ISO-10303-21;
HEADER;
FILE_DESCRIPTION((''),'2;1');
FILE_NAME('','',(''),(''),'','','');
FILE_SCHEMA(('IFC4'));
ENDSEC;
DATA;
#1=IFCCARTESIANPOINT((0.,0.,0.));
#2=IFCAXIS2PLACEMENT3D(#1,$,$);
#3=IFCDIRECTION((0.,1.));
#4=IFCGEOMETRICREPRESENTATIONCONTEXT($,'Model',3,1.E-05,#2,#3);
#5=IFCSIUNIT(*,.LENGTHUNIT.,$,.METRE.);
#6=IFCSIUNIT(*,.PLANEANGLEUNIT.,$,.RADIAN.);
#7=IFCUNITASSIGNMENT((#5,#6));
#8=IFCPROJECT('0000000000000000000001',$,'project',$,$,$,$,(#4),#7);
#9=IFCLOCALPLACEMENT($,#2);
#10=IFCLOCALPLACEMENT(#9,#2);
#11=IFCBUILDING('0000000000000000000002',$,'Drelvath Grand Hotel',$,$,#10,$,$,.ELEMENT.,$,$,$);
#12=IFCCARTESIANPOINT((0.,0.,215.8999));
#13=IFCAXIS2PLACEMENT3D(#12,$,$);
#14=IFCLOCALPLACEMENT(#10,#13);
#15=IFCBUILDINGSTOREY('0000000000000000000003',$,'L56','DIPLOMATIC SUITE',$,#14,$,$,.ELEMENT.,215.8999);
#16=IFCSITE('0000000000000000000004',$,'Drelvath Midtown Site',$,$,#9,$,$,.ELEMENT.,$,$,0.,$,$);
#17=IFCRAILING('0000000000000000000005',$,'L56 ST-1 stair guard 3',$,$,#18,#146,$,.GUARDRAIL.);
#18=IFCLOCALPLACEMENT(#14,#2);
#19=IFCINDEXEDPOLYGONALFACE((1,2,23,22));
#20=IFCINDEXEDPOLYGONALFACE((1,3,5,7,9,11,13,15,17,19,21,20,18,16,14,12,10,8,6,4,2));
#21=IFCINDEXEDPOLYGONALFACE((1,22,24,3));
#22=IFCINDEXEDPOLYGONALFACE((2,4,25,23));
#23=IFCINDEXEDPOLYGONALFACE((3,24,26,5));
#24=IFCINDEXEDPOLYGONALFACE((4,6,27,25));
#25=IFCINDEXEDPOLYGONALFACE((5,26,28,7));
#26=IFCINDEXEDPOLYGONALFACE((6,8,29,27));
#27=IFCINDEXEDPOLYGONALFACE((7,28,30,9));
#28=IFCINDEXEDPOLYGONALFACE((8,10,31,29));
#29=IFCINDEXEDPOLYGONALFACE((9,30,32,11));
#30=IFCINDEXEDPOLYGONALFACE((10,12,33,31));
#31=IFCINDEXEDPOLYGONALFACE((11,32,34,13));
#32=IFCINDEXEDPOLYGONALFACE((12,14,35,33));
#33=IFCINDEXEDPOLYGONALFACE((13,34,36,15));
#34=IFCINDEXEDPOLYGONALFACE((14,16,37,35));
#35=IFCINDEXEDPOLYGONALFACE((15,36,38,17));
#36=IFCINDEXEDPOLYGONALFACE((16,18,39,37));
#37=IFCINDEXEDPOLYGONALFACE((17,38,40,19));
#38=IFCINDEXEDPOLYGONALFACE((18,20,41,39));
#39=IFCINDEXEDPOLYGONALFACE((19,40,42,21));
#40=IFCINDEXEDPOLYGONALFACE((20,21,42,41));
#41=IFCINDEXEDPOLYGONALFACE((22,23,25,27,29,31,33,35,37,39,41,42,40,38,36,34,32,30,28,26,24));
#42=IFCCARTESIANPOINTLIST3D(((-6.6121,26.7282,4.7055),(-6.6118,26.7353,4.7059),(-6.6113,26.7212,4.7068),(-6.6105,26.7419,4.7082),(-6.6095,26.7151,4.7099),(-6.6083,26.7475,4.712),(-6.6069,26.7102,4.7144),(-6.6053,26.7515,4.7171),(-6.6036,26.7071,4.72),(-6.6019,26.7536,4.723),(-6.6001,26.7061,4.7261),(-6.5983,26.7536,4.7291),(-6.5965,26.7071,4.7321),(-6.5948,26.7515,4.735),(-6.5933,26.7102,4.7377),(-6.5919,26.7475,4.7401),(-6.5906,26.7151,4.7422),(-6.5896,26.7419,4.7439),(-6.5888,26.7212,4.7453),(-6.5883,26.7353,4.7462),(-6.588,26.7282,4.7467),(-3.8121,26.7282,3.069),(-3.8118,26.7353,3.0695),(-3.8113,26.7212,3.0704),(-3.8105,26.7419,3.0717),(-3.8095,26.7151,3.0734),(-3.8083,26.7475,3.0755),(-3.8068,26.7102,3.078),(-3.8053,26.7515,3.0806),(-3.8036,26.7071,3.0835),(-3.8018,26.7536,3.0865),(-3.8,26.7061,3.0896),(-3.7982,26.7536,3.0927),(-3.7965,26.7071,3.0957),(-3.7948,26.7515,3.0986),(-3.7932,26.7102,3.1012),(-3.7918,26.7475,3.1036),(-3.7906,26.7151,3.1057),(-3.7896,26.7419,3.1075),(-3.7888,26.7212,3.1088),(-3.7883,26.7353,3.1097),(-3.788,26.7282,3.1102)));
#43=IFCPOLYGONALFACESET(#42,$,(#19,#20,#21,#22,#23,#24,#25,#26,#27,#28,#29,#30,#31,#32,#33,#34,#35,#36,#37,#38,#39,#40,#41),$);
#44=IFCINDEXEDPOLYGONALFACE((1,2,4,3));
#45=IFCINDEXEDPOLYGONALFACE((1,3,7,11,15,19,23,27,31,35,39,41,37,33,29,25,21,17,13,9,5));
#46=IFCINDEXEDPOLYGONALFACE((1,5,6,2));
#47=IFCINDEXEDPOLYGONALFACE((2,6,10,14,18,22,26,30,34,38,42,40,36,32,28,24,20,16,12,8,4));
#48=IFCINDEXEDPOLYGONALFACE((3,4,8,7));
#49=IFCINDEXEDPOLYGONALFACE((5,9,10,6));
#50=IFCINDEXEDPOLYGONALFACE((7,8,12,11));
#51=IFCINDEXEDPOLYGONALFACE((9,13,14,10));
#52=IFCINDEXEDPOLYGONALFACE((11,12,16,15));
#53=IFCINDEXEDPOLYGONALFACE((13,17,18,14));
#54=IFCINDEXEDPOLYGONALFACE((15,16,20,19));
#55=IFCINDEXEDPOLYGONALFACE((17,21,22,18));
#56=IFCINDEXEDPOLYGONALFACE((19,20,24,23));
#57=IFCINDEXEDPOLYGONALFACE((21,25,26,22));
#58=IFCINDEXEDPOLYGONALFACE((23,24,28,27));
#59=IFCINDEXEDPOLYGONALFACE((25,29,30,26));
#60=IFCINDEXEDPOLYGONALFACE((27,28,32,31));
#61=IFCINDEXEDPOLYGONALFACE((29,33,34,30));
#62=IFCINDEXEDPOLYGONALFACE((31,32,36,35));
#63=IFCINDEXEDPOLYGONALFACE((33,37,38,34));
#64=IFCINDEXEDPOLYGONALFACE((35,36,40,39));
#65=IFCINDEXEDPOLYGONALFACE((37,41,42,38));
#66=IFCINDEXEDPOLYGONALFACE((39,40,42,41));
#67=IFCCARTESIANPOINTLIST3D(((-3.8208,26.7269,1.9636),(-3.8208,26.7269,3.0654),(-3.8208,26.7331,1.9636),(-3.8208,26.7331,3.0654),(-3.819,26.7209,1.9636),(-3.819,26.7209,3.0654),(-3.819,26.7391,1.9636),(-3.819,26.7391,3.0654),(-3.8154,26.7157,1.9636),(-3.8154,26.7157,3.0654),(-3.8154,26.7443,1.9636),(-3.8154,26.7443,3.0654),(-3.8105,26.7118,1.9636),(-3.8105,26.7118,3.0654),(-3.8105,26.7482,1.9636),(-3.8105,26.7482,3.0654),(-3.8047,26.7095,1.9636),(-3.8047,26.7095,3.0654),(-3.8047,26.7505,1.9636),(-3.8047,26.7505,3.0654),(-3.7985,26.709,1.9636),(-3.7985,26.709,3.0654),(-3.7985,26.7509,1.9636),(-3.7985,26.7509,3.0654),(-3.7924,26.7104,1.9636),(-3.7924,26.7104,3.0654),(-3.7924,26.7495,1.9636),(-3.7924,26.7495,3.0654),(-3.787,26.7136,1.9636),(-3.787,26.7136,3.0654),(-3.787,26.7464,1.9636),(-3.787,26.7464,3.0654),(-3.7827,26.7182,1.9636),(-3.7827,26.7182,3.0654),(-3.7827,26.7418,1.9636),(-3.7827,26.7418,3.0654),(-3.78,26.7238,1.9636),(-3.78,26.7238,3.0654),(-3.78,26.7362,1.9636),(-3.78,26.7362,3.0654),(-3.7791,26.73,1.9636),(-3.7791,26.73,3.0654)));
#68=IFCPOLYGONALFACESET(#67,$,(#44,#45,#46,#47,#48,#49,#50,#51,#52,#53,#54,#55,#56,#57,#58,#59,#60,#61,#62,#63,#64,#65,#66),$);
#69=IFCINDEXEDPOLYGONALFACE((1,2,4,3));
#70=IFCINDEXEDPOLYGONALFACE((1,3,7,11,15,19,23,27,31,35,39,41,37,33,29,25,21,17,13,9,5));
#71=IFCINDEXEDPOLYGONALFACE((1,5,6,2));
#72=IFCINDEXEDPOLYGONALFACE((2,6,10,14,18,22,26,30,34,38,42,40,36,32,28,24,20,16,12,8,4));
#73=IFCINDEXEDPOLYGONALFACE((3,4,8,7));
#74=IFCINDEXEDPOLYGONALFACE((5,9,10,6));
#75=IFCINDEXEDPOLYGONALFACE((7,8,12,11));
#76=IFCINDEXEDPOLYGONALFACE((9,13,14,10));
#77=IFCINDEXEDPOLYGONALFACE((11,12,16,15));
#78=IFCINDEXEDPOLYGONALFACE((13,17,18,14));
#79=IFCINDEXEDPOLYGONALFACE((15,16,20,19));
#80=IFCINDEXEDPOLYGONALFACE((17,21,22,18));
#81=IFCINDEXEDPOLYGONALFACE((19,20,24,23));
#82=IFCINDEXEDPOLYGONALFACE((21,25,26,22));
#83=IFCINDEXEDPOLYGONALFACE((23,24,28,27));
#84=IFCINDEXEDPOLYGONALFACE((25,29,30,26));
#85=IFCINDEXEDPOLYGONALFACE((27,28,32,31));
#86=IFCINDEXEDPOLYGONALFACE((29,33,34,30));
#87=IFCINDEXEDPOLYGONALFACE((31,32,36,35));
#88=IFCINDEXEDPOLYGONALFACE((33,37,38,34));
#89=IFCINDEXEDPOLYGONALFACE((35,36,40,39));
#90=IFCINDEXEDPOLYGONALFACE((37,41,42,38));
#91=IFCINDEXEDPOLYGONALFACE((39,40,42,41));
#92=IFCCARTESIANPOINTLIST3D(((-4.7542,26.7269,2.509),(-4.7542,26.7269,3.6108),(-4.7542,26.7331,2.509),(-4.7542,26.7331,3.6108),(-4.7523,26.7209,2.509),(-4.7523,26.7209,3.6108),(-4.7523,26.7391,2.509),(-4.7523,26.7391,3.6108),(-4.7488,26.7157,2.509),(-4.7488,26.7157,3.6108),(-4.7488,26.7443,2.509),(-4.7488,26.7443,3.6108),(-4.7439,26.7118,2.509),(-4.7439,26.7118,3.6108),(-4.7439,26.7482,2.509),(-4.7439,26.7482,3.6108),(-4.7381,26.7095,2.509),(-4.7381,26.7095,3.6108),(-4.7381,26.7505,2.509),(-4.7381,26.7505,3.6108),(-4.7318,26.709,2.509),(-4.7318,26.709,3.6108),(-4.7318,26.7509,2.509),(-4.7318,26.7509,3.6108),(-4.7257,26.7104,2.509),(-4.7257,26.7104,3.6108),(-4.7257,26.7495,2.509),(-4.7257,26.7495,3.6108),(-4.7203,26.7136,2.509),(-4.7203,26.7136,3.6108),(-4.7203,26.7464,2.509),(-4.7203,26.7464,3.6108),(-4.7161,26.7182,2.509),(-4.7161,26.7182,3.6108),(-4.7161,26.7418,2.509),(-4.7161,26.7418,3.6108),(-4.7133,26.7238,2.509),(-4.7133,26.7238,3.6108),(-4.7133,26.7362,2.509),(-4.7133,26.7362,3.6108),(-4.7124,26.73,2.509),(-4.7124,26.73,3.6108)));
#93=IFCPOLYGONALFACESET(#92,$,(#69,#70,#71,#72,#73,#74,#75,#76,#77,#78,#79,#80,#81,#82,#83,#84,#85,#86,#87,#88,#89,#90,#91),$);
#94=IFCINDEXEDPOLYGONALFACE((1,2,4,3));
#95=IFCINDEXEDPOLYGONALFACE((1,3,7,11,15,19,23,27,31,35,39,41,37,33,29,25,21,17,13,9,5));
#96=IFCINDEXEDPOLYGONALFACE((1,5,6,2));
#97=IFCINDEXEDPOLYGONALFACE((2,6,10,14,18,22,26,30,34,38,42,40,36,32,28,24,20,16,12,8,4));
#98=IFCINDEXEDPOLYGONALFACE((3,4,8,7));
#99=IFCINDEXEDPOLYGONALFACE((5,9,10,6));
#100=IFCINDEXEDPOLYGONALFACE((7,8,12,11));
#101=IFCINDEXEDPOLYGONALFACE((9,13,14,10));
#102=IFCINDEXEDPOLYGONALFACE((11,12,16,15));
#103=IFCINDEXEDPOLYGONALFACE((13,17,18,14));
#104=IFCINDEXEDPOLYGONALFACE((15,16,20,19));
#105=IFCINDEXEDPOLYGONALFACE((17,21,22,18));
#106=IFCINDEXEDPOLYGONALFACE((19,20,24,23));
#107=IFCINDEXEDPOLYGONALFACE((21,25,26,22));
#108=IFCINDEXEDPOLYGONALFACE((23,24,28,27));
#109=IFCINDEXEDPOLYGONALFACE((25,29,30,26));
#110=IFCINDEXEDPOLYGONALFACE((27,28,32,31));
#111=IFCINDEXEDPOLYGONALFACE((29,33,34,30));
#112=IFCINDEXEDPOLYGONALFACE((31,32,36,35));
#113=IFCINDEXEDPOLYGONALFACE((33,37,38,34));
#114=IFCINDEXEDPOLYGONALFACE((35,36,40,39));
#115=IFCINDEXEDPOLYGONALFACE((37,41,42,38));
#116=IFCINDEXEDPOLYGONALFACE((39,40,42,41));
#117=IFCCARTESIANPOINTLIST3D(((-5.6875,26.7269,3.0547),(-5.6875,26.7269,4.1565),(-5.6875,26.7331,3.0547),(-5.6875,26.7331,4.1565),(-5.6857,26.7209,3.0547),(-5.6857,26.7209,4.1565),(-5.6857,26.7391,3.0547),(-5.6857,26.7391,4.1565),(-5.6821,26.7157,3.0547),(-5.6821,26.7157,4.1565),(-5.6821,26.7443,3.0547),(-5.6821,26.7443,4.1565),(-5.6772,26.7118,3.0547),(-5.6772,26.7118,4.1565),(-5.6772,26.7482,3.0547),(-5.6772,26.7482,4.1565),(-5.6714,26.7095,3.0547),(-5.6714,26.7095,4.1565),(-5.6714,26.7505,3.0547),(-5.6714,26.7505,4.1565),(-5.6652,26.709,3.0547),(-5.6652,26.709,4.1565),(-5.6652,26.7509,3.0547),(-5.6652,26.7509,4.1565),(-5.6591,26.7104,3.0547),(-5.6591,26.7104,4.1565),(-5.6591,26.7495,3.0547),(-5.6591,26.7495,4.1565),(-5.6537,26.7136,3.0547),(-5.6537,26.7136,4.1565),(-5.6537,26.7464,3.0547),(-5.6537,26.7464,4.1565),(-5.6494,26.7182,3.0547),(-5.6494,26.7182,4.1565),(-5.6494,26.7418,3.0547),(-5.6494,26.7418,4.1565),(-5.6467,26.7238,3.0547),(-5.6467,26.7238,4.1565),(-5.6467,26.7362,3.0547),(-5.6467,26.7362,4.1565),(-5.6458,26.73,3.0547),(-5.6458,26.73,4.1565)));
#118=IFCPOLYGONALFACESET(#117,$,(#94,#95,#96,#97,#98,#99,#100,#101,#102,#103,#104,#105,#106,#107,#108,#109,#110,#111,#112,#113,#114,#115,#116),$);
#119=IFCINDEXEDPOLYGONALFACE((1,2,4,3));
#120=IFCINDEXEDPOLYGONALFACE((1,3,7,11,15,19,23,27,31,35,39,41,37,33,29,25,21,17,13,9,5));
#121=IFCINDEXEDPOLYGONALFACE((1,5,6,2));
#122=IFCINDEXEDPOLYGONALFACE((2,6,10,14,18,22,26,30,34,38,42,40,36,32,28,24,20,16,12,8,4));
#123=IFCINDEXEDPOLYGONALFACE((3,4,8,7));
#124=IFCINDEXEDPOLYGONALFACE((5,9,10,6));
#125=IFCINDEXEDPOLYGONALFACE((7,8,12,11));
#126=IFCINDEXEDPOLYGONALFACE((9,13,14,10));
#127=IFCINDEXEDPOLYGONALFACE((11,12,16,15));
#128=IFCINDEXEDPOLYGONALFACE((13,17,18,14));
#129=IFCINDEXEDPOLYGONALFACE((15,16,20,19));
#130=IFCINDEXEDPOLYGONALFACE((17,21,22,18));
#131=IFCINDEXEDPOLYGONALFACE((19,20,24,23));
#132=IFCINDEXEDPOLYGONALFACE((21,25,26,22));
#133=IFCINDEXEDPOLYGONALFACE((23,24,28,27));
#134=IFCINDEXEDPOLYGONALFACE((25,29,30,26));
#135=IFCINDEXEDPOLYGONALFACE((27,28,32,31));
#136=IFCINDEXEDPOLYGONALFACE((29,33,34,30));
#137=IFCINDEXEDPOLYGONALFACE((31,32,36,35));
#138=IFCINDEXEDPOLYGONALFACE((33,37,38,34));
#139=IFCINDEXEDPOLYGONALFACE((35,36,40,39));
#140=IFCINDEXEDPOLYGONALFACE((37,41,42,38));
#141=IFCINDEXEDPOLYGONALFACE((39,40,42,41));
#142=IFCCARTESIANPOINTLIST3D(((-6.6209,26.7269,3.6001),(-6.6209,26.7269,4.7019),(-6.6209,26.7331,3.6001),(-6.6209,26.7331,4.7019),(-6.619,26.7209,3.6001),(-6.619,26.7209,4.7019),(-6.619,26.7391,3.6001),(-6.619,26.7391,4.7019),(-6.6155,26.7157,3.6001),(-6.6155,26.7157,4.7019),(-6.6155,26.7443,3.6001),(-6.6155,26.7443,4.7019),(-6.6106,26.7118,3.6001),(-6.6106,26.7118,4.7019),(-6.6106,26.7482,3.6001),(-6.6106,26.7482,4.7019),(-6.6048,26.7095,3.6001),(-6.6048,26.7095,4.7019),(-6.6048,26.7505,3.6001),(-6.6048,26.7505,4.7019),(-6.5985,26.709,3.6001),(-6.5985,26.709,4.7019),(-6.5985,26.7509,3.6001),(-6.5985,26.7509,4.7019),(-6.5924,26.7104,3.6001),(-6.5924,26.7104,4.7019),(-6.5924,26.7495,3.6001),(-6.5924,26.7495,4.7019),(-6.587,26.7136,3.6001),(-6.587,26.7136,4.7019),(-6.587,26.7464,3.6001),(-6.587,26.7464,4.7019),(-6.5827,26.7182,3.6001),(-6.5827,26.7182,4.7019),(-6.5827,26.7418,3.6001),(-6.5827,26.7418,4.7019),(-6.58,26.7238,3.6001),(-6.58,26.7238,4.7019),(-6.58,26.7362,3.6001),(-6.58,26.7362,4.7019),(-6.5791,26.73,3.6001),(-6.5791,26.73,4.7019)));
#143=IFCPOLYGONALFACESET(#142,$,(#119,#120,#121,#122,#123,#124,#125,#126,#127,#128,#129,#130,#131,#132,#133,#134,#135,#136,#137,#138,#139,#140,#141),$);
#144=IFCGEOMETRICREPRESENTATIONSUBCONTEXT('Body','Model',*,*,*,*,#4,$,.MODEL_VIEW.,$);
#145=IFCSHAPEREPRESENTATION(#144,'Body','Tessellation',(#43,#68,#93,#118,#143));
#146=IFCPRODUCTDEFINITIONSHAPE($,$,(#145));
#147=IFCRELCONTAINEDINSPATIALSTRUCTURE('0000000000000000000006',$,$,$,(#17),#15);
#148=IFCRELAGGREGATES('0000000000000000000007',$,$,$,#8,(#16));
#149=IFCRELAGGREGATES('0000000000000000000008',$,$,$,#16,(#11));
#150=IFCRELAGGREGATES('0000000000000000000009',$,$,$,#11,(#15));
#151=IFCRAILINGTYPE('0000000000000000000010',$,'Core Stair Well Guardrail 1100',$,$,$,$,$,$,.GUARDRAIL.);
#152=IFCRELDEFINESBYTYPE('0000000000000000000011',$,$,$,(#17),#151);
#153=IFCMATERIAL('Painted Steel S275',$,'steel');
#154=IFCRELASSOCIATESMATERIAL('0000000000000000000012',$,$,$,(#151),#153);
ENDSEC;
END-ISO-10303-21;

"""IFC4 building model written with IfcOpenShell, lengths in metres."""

from ifc_helpers import new_model, si_unit, direction, frame, origin, origin_2d, place, context, subcontext, project, spatial, circle, extrude, material, type_object, element, save


model = new_model("IFC4")

# Units and contexts
model_context = context("Model", 3, precision=1e-05, world=origin(), true_north=direction((0.0, 1.0)))
body_context = subcontext(model_context, "Body", "Model", "MODEL_VIEW")
ifc_project = project(units=[si_unit("LENGTHUNIT", "METRE"), si_unit("PLANEANGLEUNIT", "RADIAN")], contexts=[model_context])

# Site, building, storey
site_placement = place(None, origin())
site = spatial("IfcSite", under=ifc_project, at=site_placement, Name="Drelvath Midtown Site", CompositionType="ELEMENT", RefElevation=0.0)
building_placement = place(site_placement, origin())
building = spatial("IfcBuilding", under=site, at=building_placement, Name="Drelvath Grand Hotel", CompositionType="ELEMENT")
storey_placement = place(building_placement, frame((0.0, 0.0, 215.8999)))
storey = spatial("IfcBuildingStorey", under=building, at=storey_placement, Name="L56", Description="DIPLOMATIC SUITE", CompositionType="ELEMENT", Elevation=215.8999)

# Shared definitions
ifc_material_1 = material(Name="Painted Steel S275", Category="steel")

# Railing
railing_type_1 = type_object("IfcRailingType", Name="Core Stair Well Guardrail 1100", PredefinedType="GUARDRAIL", material=ifc_material_1)
railing_1_placement = place(storey_placement, frame((-3.8, 26.73, 1.9636)))
element("IfcRailing", 1, at=railing_1_placement, inside=storey, type_object=railing_type_1, Name="L56 ST-1 stair guard 3", PredefinedType="GUARDRAIL", context=body_context, shape_type="SweptSolid", body=[
    extrude(circle(Radius=0.0239, at=origin_2d()), frame((0.0, 0.0, 1.126), z_axis=(-0.863361, 0.0, 0.504587), x_axis=(0.0, -1.0, 0.0)), (0.0, 0.0, 1.0), 3.2432),
    extrude(circle(Radius=0.021, at=origin_2d()), origin(), (0.0, 0.0, 1.0), 1.1018),
    extrude(circle(Radius=0.021, at=origin_2d()), frame((-0.9333, 0.0, 0.5454)), (0.0, 0.0, 1.0), 1.1018),
    extrude(circle(Radius=0.021, at=origin_2d()), frame((-1.8667, 0.0, 1.0911)), (0.0, 0.0, 1.0), 1.1018),
    extrude(circle(Radius=0.021, at=origin_2d()), frame((-2.8, 0.0, 1.6365)), (0.0, 0.0, 1.0), 1.1018),
])

save(model, "model.ifc")
